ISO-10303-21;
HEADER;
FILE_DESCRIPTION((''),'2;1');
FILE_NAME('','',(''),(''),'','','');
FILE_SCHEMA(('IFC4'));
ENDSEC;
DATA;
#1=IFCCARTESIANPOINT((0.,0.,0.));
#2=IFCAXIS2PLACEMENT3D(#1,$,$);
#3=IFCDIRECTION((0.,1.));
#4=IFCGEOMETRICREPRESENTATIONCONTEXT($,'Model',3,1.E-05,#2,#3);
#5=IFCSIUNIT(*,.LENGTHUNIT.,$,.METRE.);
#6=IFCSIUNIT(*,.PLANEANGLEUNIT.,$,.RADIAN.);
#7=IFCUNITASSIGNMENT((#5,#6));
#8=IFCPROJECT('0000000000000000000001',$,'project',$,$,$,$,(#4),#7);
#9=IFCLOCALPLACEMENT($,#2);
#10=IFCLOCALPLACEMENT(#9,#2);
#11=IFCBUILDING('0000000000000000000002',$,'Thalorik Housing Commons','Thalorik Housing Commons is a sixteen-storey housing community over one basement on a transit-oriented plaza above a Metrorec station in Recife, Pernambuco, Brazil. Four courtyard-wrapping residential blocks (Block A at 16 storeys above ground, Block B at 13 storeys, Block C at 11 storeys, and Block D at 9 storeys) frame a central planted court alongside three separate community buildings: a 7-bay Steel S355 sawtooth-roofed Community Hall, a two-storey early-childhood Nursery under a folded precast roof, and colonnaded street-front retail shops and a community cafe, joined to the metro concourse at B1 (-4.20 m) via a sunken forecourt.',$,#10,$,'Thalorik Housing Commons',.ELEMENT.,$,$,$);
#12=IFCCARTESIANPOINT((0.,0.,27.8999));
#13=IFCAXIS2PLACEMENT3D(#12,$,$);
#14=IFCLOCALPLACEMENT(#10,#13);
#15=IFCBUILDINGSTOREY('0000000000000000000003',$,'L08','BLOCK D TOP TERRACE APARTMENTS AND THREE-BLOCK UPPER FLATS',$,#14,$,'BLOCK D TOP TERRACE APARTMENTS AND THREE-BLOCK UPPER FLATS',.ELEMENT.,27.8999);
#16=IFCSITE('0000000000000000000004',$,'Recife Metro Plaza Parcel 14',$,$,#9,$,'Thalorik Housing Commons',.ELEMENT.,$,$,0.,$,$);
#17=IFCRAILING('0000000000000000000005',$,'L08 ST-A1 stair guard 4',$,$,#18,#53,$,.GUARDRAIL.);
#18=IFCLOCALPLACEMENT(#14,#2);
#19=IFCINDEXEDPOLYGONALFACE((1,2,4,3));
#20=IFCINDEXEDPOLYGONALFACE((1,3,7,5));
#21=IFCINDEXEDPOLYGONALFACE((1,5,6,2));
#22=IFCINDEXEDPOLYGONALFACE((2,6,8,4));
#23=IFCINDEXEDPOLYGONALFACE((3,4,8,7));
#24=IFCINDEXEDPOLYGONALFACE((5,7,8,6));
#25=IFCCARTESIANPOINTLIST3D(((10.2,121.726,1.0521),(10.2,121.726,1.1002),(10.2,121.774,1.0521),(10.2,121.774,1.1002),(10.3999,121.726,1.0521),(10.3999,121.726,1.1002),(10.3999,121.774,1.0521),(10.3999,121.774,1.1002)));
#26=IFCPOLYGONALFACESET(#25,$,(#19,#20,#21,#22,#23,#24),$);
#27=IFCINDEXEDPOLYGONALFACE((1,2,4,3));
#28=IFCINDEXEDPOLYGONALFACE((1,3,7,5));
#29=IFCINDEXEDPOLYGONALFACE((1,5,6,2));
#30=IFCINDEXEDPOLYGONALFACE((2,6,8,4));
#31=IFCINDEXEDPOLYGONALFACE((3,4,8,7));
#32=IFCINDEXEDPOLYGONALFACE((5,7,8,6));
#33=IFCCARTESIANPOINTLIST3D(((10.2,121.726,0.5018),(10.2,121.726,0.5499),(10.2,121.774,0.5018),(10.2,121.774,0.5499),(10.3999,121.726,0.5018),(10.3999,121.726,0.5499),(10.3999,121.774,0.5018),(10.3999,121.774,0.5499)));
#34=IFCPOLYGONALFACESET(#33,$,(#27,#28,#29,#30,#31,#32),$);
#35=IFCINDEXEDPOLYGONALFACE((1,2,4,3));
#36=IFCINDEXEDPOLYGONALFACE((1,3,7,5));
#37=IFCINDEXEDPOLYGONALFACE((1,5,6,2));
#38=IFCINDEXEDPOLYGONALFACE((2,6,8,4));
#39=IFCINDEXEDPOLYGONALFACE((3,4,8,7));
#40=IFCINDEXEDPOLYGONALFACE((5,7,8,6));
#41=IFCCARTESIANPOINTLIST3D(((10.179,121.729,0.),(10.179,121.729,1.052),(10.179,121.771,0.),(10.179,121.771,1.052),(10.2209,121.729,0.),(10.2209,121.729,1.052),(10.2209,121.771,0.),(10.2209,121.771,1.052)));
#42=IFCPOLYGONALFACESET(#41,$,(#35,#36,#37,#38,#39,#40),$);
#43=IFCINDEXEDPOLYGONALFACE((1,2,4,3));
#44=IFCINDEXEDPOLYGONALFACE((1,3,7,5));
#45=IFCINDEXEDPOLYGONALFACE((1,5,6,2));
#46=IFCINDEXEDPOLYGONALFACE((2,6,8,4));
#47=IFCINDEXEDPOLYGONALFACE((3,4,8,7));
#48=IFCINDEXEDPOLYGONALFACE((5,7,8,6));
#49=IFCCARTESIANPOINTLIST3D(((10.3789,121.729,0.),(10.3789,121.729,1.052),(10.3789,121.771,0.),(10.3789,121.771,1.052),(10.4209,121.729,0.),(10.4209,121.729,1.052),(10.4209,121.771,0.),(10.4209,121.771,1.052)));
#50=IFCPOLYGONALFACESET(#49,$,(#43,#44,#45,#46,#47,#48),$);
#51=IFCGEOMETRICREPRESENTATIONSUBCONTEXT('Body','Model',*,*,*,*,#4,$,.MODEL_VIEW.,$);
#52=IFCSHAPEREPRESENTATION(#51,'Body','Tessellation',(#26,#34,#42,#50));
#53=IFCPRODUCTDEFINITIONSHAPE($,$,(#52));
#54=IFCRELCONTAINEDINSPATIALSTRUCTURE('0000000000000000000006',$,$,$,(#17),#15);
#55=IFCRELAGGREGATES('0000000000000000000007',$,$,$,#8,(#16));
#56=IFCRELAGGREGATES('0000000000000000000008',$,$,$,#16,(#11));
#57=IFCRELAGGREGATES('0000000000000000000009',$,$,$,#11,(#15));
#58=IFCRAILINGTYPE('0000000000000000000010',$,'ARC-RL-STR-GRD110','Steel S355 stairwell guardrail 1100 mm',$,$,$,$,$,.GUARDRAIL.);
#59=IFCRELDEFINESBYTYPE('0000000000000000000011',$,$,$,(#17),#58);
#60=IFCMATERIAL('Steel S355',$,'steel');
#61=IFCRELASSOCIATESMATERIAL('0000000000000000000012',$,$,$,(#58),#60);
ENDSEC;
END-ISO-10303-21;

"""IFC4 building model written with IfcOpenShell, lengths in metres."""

from ifc_helpers import new_model, si_unit, direction, frame, origin, origin_2d, place, context, subcontext, project, spatial, rectangle, extrude, material, type_object, element, save


model = new_model("IFC4")

# Units and contexts
model_context = context("Model", 3, precision=1e-05, world=origin(), true_north=direction((0.0, 1.0)))
body_context = subcontext(model_context, "Body", "Model", "MODEL_VIEW")
ifc_project = project(units=[si_unit("LENGTHUNIT", "METRE"), si_unit("PLANEANGLEUNIT", "RADIAN")], contexts=[model_context])

# Site, building, storey
site_placement = place(None, origin())
site = spatial("IfcSite", under=ifc_project, at=site_placement, Name="Recife Metro Plaza Parcel 14", LongName="Thalorik Housing Commons", CompositionType="ELEMENT", RefElevation=0.0)
building_placement = place(site_placement, origin())
building = spatial("IfcBuilding", under=site, at=building_placement, Name="Thalorik Housing Commons", Description="Thalorik Housing Commons is a sixteen-storey housing community over one basement on a transit-oriented plaza above a Metrorec station in Recife, Pernambuco, Brazil. Four courtyard-wrapping residential blocks (Block A at 16 storeys above ground, Block B at 13 storeys, Block C at 11 storeys, and Block D at 9 storeys) frame a central planted court alongside three separate community buildings: a 7-bay Steel S355 sawtooth-roofed Community Hall, a two-storey early-childhood Nursery under a folded precast roof, and colonnaded street-front retail shops and a community cafe, joined to the metro concourse at B1 (-4.20 m) via a sunken forecourt.", LongName="Thalorik Housing Commons", CompositionType="ELEMENT")
storey_placement = place(building_placement, frame((0.0, 0.0, 27.8999)))
storey = spatial("IfcBuildingStorey", under=building, at=storey_placement, Name="L08", Description="BLOCK D TOP TERRACE APARTMENTS AND THREE-BLOCK UPPER FLATS", LongName="BLOCK D TOP TERRACE APARTMENTS AND THREE-BLOCK UPPER FLATS", CompositionType="ELEMENT", Elevation=27.8999)

# Shared definitions
ifc_material_1 = material(Name="Steel S355", Category="steel")

# Railing
railing_type = type_object("IfcRailingType", Name="ARC-RL-STR-GRD110", Description="Steel S355 stairwell guardrail 1100 mm", PredefinedType="GUARDRAIL", material=ifc_material_1)
railing_placement = place(storey_placement, frame((10.2, 121.75, 0.0)))
element("IfcRailing", 1, at=railing_placement, inside=storey, type_object=railing_type, Name="L08 ST-A1 stair guard 4", PredefinedType="GUARDRAIL", context=body_context, shape_type="SweptSolid", body=[
    extrude(rectangle(XDim=0.0481, YDim=0.0481, at=origin_2d()), frame((0.0, 0.0, 1.0762), z_axis=(1.0, 0.0, 0.0), x_axis=(0.0, 1.0, 0.0)), (0.0, 0.0, 1.0), 0.2),
    extrude(rectangle(XDim=0.0481, YDim=0.0481, at=origin_2d()), frame((0.0, 0.0, 0.5259), z_axis=(1.0, 0.0, 0.0), x_axis=(0.0, 1.0, 0.0)), (0.0, 0.0, 1.0), 0.2),
    extrude(rectangle(XDim=0.042, YDim=0.042, at=origin_2d()), origin(), (0.0, 0.0, 1.0), 1.052),
    extrude(rectangle(XDim=0.042, YDim=0.042, at=origin_2d()), frame((0.2, 0.0, 0.0)), (0.0, 0.0, 1.0), 1.052),
])

save(model, "model.ifc")
